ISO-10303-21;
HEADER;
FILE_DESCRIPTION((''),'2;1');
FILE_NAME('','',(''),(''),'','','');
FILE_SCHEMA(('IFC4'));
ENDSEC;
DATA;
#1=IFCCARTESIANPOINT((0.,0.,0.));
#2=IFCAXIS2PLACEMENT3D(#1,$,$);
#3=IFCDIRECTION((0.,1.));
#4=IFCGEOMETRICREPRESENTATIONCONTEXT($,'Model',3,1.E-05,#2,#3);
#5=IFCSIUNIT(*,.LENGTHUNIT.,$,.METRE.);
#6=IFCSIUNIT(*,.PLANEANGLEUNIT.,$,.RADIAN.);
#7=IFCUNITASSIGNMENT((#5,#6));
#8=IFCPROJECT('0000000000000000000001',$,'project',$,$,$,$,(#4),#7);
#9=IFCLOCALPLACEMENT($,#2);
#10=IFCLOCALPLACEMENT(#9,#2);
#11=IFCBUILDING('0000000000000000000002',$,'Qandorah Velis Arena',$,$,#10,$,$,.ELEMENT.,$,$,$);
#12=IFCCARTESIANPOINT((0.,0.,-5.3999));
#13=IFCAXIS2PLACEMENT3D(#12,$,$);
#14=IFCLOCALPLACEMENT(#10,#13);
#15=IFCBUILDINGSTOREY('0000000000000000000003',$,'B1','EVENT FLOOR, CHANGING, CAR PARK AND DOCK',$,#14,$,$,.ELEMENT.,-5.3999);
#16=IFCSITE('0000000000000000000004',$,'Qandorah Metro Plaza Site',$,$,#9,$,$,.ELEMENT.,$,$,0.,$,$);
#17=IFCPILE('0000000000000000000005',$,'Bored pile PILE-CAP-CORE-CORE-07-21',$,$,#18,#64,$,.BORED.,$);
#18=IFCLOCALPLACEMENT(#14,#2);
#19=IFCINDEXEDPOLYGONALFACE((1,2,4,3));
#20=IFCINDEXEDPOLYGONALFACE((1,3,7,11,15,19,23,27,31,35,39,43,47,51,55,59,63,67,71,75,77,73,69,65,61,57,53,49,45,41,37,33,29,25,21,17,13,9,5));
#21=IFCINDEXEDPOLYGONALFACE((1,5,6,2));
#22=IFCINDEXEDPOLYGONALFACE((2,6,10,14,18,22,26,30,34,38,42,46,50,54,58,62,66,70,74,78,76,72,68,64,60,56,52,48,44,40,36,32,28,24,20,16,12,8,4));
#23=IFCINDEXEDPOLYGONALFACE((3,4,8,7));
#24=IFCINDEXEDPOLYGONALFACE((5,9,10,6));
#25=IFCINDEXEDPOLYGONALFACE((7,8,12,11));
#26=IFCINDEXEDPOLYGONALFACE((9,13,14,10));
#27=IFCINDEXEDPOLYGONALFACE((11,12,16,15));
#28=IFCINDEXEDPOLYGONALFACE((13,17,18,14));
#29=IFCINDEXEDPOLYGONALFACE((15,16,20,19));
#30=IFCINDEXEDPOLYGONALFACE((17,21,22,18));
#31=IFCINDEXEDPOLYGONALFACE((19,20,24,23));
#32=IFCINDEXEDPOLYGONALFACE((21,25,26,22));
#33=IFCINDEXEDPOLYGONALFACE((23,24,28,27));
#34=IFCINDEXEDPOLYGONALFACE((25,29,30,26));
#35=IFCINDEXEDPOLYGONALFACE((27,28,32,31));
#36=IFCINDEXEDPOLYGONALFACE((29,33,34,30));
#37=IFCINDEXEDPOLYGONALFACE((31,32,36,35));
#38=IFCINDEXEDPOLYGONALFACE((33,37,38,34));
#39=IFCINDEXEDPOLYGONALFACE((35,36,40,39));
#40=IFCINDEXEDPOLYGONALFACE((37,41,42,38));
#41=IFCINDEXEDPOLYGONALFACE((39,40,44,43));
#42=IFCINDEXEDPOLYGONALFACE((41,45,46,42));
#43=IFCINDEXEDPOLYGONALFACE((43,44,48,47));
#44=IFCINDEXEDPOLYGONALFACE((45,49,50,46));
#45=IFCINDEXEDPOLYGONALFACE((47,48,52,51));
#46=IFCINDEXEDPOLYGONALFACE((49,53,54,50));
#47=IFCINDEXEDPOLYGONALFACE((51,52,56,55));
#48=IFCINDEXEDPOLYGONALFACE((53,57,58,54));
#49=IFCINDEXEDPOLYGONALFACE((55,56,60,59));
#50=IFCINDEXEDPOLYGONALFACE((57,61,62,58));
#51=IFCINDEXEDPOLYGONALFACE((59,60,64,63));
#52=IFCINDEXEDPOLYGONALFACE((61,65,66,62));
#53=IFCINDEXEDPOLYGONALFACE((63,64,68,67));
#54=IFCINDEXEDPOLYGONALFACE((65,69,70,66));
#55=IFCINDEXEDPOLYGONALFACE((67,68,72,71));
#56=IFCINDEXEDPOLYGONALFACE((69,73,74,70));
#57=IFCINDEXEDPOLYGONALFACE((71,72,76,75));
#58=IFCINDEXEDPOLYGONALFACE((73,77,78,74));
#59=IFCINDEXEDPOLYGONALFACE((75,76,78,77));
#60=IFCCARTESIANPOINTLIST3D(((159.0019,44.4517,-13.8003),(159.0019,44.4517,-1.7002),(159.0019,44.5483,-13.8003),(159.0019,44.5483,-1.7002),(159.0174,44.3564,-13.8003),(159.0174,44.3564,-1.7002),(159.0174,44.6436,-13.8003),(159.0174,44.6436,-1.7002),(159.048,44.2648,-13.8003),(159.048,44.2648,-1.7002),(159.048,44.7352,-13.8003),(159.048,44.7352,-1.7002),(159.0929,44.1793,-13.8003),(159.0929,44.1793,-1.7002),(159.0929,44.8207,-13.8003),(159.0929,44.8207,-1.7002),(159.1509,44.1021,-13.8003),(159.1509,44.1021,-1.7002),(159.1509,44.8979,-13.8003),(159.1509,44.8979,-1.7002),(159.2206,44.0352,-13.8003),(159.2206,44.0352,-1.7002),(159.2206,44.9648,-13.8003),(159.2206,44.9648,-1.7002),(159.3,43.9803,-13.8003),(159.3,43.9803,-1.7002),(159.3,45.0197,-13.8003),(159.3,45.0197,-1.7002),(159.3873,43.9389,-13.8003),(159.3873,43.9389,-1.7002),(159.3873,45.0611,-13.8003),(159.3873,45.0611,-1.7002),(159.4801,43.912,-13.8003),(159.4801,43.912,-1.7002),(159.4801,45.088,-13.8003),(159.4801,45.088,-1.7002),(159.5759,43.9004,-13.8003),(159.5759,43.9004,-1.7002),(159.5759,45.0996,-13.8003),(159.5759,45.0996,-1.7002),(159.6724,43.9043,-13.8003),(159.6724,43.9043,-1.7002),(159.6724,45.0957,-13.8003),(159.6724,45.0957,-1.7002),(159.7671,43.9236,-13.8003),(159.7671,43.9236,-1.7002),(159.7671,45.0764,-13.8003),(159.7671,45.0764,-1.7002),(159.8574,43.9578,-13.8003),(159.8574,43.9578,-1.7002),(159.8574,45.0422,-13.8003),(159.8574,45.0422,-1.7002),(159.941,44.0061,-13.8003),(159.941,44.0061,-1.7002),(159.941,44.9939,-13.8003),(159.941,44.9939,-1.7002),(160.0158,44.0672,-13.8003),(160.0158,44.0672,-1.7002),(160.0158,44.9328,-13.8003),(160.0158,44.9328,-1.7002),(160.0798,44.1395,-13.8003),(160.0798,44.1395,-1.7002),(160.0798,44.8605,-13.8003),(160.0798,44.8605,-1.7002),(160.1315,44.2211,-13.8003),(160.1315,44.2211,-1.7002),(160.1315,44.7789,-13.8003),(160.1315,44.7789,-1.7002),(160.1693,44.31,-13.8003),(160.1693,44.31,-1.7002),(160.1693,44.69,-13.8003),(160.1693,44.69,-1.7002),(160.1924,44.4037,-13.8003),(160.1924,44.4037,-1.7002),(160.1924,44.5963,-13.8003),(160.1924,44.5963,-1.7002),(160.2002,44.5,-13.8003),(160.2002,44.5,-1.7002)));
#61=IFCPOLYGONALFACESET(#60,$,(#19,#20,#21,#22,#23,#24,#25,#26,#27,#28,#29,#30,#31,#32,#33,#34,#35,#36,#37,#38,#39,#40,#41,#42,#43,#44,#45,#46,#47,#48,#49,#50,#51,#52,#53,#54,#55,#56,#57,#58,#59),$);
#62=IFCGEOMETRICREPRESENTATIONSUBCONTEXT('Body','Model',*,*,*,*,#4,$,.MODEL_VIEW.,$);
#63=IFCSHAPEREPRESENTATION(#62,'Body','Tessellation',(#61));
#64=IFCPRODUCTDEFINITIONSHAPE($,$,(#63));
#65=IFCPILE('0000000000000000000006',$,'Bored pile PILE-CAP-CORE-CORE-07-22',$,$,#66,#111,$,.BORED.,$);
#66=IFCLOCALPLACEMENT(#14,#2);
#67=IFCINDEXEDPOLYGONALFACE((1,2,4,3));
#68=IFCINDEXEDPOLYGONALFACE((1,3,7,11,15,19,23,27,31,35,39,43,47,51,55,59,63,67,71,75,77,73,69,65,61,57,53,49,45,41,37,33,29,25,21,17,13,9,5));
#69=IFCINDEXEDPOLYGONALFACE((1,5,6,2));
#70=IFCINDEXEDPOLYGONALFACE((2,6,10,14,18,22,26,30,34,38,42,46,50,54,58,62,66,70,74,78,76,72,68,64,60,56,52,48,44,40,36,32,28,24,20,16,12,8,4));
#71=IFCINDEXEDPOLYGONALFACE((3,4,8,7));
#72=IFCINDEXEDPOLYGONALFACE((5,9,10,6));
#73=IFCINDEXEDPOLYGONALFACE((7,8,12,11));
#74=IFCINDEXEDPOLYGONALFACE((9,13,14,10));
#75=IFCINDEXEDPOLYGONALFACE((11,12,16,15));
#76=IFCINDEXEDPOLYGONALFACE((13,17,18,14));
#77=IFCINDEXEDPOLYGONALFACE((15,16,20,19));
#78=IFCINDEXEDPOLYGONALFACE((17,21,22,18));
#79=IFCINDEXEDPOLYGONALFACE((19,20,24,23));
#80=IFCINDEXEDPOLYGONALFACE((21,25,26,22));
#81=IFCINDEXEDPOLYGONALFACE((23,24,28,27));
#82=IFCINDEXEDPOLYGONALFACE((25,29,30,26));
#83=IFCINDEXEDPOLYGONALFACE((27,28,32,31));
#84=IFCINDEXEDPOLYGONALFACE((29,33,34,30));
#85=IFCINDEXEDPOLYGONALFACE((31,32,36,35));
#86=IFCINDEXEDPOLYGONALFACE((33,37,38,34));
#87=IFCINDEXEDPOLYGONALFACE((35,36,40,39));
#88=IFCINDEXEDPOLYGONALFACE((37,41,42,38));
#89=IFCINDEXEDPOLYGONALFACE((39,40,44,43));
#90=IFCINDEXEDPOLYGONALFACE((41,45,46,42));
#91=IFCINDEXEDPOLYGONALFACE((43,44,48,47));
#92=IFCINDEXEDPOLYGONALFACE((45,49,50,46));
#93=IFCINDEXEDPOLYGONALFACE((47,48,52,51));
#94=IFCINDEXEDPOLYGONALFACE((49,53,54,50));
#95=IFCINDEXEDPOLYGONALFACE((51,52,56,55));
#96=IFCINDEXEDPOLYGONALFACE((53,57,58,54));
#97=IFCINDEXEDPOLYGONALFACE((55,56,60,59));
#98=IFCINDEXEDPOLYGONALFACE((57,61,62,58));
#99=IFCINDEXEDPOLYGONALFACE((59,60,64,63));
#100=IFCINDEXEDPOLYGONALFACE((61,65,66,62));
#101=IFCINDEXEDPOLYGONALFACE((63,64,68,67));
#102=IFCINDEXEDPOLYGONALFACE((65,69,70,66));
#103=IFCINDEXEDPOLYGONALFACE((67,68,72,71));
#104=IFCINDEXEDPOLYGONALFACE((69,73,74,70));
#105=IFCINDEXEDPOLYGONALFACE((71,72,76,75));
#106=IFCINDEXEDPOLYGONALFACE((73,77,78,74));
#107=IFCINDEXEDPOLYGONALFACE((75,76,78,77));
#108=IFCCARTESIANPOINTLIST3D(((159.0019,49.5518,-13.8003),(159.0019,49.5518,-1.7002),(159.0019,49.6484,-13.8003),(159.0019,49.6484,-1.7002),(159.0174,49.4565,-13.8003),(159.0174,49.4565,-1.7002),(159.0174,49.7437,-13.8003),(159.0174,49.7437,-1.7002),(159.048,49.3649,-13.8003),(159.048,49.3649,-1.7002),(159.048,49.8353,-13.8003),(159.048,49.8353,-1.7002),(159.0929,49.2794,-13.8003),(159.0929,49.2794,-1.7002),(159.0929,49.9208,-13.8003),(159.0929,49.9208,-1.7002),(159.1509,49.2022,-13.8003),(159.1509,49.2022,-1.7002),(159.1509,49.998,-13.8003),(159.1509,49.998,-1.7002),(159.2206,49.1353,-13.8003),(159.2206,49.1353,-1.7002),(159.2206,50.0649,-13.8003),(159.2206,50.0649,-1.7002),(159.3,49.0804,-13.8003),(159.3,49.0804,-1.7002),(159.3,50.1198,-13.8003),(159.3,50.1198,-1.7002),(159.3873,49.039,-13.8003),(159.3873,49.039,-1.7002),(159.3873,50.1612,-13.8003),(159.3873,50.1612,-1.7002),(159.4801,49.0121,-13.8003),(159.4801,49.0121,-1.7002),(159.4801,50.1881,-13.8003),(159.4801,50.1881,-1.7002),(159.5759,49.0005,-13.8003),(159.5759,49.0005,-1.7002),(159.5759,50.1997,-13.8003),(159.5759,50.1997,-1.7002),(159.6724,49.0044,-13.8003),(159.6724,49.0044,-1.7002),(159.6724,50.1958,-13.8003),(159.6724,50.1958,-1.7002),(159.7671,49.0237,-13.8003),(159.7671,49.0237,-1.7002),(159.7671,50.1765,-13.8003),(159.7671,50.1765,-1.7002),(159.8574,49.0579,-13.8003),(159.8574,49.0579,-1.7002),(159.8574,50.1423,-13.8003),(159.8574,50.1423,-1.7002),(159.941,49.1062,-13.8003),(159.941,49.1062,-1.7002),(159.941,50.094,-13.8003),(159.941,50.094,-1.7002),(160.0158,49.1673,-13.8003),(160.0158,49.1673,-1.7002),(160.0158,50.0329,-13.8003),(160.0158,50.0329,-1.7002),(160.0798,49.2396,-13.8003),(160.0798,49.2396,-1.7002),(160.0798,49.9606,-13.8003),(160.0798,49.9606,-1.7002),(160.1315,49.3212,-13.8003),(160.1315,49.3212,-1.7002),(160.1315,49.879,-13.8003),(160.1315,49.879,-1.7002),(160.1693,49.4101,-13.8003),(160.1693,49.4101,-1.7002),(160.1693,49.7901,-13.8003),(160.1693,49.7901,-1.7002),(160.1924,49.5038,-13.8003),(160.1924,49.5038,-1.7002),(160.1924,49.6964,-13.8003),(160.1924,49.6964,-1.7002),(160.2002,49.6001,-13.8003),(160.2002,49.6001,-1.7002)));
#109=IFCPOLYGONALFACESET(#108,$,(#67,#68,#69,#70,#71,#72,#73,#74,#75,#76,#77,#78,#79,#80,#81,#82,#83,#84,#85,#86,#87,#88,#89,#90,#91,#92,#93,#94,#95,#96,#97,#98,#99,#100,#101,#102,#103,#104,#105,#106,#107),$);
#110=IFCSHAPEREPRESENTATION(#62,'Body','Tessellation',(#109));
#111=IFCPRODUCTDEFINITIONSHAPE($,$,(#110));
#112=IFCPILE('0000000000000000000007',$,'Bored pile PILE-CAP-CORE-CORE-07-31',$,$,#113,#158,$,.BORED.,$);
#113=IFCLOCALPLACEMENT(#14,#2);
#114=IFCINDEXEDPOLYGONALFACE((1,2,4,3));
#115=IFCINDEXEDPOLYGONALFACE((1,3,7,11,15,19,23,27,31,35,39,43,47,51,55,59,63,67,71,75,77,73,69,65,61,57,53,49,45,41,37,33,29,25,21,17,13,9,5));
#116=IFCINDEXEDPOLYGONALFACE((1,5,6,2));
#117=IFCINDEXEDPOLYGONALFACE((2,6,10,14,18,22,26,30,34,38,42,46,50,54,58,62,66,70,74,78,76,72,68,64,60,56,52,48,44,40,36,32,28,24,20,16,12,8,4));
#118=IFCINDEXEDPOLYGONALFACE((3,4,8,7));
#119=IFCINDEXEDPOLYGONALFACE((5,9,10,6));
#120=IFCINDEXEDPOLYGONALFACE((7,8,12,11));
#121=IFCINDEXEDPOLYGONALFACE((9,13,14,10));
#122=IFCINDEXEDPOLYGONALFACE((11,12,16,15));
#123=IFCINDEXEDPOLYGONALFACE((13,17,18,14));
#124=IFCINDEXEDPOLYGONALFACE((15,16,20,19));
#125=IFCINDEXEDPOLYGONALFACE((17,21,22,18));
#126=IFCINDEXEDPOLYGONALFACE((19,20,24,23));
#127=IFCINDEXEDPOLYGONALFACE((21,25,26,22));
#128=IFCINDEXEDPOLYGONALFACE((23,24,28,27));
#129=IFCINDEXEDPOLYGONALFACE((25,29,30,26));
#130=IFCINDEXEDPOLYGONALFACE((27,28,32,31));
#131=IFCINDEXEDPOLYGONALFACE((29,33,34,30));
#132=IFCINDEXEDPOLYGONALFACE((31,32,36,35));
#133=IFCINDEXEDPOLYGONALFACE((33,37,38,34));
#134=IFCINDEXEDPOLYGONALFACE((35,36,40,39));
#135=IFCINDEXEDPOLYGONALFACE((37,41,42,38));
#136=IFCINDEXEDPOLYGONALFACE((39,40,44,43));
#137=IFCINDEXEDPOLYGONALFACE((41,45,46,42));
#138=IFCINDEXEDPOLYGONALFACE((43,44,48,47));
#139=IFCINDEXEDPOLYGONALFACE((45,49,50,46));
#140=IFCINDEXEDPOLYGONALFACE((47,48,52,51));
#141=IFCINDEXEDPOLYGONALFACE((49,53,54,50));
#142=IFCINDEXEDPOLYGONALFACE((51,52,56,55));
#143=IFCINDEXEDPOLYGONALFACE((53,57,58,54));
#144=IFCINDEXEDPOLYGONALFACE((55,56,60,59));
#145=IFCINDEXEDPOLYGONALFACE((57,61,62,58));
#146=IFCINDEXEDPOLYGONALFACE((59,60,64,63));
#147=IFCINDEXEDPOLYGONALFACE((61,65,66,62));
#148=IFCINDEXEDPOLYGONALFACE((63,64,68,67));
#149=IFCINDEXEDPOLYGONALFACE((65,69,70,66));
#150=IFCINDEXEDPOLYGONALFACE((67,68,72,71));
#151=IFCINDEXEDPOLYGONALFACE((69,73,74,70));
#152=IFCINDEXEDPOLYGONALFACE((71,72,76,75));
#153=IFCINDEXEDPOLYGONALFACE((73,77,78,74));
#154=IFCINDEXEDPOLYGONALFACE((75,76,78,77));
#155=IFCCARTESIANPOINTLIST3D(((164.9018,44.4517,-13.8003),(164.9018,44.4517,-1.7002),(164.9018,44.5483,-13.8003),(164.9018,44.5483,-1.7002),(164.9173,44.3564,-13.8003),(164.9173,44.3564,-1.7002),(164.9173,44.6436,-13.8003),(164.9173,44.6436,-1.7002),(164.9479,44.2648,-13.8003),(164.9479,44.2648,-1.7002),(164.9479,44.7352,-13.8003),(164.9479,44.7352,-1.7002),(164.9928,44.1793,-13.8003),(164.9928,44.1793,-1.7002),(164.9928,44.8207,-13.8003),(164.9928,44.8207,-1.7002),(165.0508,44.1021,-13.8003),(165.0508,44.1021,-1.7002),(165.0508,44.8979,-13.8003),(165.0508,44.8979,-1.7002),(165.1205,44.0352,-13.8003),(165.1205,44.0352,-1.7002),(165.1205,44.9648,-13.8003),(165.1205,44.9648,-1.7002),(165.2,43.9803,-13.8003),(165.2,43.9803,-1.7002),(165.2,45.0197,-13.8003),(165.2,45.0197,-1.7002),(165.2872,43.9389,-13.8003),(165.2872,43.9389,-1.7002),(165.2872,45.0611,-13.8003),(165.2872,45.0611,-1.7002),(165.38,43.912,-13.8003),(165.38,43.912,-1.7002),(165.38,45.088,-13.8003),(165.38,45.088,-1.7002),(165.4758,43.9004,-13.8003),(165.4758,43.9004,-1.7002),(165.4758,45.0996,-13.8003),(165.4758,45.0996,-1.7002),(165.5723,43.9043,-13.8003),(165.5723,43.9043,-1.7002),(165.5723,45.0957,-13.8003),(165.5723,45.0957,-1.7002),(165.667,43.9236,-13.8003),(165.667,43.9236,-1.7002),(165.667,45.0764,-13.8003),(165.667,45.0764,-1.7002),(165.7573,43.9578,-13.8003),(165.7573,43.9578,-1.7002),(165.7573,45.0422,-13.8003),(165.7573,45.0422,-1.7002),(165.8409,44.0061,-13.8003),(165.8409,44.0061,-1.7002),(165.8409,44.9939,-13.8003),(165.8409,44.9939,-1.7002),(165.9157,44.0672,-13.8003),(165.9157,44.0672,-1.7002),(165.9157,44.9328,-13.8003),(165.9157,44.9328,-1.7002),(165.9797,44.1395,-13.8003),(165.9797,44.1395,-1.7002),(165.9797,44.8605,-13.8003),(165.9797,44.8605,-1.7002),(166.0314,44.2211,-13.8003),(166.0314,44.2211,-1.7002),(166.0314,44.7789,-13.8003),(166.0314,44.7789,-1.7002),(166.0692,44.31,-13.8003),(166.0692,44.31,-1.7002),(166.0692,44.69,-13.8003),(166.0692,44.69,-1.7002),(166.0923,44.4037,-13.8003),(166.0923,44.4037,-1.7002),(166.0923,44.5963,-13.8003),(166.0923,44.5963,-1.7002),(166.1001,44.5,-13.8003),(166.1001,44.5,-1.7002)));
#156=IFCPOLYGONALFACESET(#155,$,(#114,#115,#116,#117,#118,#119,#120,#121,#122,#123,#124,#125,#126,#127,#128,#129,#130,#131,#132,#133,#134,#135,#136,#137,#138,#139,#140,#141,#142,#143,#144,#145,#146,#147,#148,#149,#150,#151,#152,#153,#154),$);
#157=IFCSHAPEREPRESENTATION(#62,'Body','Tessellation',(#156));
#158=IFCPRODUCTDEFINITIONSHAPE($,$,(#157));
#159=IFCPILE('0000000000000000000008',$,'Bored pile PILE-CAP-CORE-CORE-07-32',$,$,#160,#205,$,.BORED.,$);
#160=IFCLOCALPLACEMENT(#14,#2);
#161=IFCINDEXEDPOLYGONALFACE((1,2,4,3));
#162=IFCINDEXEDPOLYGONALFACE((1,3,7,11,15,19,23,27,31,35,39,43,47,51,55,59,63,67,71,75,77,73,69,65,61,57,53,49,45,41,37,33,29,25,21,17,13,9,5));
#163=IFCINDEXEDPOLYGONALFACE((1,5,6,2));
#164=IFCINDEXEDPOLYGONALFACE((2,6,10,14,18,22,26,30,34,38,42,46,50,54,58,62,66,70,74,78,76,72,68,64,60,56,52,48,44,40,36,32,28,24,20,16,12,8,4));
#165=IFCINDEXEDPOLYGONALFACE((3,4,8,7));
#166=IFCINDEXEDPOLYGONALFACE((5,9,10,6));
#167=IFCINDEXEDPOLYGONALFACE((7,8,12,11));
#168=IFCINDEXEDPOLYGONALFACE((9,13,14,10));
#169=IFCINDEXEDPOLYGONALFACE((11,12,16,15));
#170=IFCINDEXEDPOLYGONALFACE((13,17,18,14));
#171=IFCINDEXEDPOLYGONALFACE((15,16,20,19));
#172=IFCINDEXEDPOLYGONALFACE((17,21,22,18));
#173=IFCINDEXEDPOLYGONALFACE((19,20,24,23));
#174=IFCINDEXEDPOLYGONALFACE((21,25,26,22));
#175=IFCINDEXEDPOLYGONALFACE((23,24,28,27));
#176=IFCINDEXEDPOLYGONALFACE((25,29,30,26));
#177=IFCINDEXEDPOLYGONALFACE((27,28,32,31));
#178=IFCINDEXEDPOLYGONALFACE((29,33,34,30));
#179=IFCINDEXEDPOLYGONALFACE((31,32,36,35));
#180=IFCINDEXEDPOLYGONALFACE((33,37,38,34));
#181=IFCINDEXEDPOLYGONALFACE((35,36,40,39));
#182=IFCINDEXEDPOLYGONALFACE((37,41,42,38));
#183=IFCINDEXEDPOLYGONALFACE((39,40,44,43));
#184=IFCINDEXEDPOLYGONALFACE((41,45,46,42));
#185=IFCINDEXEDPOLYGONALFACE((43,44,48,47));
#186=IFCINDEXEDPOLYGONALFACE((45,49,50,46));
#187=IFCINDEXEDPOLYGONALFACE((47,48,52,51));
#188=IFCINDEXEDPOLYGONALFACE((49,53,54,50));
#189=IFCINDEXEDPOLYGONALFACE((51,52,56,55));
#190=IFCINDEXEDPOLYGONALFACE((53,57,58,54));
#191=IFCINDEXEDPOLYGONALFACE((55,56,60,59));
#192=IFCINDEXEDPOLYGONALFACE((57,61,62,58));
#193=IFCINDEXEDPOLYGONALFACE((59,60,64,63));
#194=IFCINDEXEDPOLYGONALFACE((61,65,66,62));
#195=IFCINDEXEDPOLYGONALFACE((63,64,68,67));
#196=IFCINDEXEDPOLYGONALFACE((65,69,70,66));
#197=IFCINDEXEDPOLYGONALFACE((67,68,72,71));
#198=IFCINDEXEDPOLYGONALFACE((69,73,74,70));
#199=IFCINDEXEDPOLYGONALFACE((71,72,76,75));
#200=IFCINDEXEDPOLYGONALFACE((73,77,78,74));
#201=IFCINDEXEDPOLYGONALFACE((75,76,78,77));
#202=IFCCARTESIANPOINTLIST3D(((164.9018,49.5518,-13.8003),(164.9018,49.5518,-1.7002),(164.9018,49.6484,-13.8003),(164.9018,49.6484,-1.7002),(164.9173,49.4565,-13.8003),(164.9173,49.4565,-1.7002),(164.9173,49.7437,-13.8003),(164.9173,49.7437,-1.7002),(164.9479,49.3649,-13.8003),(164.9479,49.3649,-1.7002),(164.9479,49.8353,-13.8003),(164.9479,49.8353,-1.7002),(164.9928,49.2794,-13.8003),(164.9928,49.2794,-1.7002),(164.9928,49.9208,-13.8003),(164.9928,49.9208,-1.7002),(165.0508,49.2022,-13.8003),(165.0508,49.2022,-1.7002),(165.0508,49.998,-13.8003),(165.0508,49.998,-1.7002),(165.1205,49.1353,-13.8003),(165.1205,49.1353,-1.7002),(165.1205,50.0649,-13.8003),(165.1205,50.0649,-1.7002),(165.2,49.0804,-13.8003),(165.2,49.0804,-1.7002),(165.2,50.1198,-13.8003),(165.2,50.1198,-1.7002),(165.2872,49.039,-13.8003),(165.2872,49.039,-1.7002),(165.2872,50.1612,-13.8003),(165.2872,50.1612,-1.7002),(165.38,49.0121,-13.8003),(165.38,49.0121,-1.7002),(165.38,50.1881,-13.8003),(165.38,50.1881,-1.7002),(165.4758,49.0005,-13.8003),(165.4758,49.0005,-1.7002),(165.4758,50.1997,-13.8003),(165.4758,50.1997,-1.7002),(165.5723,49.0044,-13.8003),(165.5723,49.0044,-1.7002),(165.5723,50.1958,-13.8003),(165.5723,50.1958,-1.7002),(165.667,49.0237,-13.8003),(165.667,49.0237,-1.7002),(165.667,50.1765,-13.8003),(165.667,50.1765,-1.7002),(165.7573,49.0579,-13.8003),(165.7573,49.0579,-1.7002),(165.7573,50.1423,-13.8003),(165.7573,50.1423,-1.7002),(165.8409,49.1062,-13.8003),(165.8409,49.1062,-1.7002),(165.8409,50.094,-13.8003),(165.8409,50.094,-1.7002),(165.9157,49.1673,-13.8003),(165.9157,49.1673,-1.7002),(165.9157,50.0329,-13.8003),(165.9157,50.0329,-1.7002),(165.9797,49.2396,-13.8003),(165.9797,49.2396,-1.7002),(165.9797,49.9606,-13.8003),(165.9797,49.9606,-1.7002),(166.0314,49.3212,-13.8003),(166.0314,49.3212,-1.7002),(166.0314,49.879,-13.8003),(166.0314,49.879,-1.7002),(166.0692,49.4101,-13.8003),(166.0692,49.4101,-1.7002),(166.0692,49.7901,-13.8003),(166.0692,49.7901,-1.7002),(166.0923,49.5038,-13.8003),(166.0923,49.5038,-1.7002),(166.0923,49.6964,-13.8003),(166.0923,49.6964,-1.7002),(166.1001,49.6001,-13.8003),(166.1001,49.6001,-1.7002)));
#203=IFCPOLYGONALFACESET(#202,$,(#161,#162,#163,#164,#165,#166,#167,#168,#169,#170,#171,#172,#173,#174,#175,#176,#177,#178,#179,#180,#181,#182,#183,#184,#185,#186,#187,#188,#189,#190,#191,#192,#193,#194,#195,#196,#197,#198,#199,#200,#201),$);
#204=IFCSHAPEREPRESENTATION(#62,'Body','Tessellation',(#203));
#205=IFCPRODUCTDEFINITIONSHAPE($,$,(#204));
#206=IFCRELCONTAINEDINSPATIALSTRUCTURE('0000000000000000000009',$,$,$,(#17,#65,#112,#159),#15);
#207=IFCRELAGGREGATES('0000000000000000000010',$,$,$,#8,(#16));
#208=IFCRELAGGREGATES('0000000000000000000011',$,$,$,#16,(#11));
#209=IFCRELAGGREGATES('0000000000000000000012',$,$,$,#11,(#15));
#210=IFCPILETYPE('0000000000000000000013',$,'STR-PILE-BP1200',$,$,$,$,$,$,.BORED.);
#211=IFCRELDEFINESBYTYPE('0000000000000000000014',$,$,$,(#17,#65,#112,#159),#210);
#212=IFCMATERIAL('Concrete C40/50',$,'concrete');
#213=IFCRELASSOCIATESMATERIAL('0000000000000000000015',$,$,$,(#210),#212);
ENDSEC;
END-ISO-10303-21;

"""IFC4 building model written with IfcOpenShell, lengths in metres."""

from ifc_helpers import new_model, si_unit, direction, frame, origin, origin_2d, place, context, subcontext, project, spatial, circle, extrude, material, material_profile, profile_set, type_object, element, save


model = new_model("IFC4")

# Units and contexts
model_context = context("Model", 3, precision=1e-05, world=origin(), true_north=direction((0.0, 1.0)))
body_context = subcontext(model_context, "Body", "Model", "MODEL_VIEW")
ifc_project = project(units=[si_unit("LENGTHUNIT", "METRE"), si_unit("PLANEANGLEUNIT", "RADIAN")], contexts=[model_context])

# Site, building, storey
site_placement = place(None, origin())
site = spatial("IfcSite", under=ifc_project, at=site_placement, Name="Qandorah Metro Plaza Site", CompositionType="ELEMENT", RefElevation=0.0)
building_placement = place(site_placement, origin())
building = spatial("IfcBuilding", under=site, at=building_placement, Name="Qandorah Velis Arena", CompositionType="ELEMENT")
storey_placement = place(building_placement, frame((0.0, 0.0, -5.3999)))
storey = spatial("IfcBuildingStorey", under=building, at=storey_placement, Name="B1", Description="EVENT FLOOR, CHANGING, CAR PARK AND DOCK", CompositionType="ELEMENT", Elevation=-5.3999)

# Shared definitions
ifc_material_1 = material(Name="Concrete C40/50", Category="concrete")

# Piles
ifc_material_profile_1 = material_profile(ifc_material_1, circle(Radius=0.6001, at=origin_2d()), Name="BORED PILE D1200")
ifc_profile_set_1 = profile_set([ifc_material_profile_1], Name="Concrete C40/50")
pile_type_1 = type_object("IfcPileType", Name="STR-PILE-BP1200", PredefinedType="BORED", material=ifc_profile_set_1)
for number, where, z_axis, x_axis, name in (
    (1, (159.6001, 44.5, -1.7002), (0.0, 0.0, -1.0), (1.0, 0.0, 0.0), "Bored pile PILE-CAP-CORE-CORE-07-21"),
    (2, (159.6001, 49.6001, -1.7002), (0.0, 0.0, -1.0), (1.0, 0.0, 0.0), "Bored pile PILE-CAP-CORE-CORE-07-22"),
    (3, (165.5, 44.5, -1.7002), (0.0, 0.0, -1.0), (1.0, 0.0, 0.0), "Bored pile PILE-CAP-CORE-CORE-07-31"),
    (4, (165.5, 49.6001, -1.7002), (0.0, 0.0, -1.0), (1.0, 0.0, 0.0), "Bored pile PILE-CAP-CORE-CORE-07-32"),
):
    element("IfcPile", number, at=place(storey_placement, frame(where, z_axis=z_axis, x_axis=x_axis)), inside=storey, type_object=pile_type_1, Name=name, PredefinedType="BORED", context=body_context, shape_type="SweptSolid", body=[
        extrude(circle(Radius=0.6001, at=origin_2d()), origin(), (0.0, 0.0, 1.0), 12.1001),
    ])

save(model, "model.ifc")
